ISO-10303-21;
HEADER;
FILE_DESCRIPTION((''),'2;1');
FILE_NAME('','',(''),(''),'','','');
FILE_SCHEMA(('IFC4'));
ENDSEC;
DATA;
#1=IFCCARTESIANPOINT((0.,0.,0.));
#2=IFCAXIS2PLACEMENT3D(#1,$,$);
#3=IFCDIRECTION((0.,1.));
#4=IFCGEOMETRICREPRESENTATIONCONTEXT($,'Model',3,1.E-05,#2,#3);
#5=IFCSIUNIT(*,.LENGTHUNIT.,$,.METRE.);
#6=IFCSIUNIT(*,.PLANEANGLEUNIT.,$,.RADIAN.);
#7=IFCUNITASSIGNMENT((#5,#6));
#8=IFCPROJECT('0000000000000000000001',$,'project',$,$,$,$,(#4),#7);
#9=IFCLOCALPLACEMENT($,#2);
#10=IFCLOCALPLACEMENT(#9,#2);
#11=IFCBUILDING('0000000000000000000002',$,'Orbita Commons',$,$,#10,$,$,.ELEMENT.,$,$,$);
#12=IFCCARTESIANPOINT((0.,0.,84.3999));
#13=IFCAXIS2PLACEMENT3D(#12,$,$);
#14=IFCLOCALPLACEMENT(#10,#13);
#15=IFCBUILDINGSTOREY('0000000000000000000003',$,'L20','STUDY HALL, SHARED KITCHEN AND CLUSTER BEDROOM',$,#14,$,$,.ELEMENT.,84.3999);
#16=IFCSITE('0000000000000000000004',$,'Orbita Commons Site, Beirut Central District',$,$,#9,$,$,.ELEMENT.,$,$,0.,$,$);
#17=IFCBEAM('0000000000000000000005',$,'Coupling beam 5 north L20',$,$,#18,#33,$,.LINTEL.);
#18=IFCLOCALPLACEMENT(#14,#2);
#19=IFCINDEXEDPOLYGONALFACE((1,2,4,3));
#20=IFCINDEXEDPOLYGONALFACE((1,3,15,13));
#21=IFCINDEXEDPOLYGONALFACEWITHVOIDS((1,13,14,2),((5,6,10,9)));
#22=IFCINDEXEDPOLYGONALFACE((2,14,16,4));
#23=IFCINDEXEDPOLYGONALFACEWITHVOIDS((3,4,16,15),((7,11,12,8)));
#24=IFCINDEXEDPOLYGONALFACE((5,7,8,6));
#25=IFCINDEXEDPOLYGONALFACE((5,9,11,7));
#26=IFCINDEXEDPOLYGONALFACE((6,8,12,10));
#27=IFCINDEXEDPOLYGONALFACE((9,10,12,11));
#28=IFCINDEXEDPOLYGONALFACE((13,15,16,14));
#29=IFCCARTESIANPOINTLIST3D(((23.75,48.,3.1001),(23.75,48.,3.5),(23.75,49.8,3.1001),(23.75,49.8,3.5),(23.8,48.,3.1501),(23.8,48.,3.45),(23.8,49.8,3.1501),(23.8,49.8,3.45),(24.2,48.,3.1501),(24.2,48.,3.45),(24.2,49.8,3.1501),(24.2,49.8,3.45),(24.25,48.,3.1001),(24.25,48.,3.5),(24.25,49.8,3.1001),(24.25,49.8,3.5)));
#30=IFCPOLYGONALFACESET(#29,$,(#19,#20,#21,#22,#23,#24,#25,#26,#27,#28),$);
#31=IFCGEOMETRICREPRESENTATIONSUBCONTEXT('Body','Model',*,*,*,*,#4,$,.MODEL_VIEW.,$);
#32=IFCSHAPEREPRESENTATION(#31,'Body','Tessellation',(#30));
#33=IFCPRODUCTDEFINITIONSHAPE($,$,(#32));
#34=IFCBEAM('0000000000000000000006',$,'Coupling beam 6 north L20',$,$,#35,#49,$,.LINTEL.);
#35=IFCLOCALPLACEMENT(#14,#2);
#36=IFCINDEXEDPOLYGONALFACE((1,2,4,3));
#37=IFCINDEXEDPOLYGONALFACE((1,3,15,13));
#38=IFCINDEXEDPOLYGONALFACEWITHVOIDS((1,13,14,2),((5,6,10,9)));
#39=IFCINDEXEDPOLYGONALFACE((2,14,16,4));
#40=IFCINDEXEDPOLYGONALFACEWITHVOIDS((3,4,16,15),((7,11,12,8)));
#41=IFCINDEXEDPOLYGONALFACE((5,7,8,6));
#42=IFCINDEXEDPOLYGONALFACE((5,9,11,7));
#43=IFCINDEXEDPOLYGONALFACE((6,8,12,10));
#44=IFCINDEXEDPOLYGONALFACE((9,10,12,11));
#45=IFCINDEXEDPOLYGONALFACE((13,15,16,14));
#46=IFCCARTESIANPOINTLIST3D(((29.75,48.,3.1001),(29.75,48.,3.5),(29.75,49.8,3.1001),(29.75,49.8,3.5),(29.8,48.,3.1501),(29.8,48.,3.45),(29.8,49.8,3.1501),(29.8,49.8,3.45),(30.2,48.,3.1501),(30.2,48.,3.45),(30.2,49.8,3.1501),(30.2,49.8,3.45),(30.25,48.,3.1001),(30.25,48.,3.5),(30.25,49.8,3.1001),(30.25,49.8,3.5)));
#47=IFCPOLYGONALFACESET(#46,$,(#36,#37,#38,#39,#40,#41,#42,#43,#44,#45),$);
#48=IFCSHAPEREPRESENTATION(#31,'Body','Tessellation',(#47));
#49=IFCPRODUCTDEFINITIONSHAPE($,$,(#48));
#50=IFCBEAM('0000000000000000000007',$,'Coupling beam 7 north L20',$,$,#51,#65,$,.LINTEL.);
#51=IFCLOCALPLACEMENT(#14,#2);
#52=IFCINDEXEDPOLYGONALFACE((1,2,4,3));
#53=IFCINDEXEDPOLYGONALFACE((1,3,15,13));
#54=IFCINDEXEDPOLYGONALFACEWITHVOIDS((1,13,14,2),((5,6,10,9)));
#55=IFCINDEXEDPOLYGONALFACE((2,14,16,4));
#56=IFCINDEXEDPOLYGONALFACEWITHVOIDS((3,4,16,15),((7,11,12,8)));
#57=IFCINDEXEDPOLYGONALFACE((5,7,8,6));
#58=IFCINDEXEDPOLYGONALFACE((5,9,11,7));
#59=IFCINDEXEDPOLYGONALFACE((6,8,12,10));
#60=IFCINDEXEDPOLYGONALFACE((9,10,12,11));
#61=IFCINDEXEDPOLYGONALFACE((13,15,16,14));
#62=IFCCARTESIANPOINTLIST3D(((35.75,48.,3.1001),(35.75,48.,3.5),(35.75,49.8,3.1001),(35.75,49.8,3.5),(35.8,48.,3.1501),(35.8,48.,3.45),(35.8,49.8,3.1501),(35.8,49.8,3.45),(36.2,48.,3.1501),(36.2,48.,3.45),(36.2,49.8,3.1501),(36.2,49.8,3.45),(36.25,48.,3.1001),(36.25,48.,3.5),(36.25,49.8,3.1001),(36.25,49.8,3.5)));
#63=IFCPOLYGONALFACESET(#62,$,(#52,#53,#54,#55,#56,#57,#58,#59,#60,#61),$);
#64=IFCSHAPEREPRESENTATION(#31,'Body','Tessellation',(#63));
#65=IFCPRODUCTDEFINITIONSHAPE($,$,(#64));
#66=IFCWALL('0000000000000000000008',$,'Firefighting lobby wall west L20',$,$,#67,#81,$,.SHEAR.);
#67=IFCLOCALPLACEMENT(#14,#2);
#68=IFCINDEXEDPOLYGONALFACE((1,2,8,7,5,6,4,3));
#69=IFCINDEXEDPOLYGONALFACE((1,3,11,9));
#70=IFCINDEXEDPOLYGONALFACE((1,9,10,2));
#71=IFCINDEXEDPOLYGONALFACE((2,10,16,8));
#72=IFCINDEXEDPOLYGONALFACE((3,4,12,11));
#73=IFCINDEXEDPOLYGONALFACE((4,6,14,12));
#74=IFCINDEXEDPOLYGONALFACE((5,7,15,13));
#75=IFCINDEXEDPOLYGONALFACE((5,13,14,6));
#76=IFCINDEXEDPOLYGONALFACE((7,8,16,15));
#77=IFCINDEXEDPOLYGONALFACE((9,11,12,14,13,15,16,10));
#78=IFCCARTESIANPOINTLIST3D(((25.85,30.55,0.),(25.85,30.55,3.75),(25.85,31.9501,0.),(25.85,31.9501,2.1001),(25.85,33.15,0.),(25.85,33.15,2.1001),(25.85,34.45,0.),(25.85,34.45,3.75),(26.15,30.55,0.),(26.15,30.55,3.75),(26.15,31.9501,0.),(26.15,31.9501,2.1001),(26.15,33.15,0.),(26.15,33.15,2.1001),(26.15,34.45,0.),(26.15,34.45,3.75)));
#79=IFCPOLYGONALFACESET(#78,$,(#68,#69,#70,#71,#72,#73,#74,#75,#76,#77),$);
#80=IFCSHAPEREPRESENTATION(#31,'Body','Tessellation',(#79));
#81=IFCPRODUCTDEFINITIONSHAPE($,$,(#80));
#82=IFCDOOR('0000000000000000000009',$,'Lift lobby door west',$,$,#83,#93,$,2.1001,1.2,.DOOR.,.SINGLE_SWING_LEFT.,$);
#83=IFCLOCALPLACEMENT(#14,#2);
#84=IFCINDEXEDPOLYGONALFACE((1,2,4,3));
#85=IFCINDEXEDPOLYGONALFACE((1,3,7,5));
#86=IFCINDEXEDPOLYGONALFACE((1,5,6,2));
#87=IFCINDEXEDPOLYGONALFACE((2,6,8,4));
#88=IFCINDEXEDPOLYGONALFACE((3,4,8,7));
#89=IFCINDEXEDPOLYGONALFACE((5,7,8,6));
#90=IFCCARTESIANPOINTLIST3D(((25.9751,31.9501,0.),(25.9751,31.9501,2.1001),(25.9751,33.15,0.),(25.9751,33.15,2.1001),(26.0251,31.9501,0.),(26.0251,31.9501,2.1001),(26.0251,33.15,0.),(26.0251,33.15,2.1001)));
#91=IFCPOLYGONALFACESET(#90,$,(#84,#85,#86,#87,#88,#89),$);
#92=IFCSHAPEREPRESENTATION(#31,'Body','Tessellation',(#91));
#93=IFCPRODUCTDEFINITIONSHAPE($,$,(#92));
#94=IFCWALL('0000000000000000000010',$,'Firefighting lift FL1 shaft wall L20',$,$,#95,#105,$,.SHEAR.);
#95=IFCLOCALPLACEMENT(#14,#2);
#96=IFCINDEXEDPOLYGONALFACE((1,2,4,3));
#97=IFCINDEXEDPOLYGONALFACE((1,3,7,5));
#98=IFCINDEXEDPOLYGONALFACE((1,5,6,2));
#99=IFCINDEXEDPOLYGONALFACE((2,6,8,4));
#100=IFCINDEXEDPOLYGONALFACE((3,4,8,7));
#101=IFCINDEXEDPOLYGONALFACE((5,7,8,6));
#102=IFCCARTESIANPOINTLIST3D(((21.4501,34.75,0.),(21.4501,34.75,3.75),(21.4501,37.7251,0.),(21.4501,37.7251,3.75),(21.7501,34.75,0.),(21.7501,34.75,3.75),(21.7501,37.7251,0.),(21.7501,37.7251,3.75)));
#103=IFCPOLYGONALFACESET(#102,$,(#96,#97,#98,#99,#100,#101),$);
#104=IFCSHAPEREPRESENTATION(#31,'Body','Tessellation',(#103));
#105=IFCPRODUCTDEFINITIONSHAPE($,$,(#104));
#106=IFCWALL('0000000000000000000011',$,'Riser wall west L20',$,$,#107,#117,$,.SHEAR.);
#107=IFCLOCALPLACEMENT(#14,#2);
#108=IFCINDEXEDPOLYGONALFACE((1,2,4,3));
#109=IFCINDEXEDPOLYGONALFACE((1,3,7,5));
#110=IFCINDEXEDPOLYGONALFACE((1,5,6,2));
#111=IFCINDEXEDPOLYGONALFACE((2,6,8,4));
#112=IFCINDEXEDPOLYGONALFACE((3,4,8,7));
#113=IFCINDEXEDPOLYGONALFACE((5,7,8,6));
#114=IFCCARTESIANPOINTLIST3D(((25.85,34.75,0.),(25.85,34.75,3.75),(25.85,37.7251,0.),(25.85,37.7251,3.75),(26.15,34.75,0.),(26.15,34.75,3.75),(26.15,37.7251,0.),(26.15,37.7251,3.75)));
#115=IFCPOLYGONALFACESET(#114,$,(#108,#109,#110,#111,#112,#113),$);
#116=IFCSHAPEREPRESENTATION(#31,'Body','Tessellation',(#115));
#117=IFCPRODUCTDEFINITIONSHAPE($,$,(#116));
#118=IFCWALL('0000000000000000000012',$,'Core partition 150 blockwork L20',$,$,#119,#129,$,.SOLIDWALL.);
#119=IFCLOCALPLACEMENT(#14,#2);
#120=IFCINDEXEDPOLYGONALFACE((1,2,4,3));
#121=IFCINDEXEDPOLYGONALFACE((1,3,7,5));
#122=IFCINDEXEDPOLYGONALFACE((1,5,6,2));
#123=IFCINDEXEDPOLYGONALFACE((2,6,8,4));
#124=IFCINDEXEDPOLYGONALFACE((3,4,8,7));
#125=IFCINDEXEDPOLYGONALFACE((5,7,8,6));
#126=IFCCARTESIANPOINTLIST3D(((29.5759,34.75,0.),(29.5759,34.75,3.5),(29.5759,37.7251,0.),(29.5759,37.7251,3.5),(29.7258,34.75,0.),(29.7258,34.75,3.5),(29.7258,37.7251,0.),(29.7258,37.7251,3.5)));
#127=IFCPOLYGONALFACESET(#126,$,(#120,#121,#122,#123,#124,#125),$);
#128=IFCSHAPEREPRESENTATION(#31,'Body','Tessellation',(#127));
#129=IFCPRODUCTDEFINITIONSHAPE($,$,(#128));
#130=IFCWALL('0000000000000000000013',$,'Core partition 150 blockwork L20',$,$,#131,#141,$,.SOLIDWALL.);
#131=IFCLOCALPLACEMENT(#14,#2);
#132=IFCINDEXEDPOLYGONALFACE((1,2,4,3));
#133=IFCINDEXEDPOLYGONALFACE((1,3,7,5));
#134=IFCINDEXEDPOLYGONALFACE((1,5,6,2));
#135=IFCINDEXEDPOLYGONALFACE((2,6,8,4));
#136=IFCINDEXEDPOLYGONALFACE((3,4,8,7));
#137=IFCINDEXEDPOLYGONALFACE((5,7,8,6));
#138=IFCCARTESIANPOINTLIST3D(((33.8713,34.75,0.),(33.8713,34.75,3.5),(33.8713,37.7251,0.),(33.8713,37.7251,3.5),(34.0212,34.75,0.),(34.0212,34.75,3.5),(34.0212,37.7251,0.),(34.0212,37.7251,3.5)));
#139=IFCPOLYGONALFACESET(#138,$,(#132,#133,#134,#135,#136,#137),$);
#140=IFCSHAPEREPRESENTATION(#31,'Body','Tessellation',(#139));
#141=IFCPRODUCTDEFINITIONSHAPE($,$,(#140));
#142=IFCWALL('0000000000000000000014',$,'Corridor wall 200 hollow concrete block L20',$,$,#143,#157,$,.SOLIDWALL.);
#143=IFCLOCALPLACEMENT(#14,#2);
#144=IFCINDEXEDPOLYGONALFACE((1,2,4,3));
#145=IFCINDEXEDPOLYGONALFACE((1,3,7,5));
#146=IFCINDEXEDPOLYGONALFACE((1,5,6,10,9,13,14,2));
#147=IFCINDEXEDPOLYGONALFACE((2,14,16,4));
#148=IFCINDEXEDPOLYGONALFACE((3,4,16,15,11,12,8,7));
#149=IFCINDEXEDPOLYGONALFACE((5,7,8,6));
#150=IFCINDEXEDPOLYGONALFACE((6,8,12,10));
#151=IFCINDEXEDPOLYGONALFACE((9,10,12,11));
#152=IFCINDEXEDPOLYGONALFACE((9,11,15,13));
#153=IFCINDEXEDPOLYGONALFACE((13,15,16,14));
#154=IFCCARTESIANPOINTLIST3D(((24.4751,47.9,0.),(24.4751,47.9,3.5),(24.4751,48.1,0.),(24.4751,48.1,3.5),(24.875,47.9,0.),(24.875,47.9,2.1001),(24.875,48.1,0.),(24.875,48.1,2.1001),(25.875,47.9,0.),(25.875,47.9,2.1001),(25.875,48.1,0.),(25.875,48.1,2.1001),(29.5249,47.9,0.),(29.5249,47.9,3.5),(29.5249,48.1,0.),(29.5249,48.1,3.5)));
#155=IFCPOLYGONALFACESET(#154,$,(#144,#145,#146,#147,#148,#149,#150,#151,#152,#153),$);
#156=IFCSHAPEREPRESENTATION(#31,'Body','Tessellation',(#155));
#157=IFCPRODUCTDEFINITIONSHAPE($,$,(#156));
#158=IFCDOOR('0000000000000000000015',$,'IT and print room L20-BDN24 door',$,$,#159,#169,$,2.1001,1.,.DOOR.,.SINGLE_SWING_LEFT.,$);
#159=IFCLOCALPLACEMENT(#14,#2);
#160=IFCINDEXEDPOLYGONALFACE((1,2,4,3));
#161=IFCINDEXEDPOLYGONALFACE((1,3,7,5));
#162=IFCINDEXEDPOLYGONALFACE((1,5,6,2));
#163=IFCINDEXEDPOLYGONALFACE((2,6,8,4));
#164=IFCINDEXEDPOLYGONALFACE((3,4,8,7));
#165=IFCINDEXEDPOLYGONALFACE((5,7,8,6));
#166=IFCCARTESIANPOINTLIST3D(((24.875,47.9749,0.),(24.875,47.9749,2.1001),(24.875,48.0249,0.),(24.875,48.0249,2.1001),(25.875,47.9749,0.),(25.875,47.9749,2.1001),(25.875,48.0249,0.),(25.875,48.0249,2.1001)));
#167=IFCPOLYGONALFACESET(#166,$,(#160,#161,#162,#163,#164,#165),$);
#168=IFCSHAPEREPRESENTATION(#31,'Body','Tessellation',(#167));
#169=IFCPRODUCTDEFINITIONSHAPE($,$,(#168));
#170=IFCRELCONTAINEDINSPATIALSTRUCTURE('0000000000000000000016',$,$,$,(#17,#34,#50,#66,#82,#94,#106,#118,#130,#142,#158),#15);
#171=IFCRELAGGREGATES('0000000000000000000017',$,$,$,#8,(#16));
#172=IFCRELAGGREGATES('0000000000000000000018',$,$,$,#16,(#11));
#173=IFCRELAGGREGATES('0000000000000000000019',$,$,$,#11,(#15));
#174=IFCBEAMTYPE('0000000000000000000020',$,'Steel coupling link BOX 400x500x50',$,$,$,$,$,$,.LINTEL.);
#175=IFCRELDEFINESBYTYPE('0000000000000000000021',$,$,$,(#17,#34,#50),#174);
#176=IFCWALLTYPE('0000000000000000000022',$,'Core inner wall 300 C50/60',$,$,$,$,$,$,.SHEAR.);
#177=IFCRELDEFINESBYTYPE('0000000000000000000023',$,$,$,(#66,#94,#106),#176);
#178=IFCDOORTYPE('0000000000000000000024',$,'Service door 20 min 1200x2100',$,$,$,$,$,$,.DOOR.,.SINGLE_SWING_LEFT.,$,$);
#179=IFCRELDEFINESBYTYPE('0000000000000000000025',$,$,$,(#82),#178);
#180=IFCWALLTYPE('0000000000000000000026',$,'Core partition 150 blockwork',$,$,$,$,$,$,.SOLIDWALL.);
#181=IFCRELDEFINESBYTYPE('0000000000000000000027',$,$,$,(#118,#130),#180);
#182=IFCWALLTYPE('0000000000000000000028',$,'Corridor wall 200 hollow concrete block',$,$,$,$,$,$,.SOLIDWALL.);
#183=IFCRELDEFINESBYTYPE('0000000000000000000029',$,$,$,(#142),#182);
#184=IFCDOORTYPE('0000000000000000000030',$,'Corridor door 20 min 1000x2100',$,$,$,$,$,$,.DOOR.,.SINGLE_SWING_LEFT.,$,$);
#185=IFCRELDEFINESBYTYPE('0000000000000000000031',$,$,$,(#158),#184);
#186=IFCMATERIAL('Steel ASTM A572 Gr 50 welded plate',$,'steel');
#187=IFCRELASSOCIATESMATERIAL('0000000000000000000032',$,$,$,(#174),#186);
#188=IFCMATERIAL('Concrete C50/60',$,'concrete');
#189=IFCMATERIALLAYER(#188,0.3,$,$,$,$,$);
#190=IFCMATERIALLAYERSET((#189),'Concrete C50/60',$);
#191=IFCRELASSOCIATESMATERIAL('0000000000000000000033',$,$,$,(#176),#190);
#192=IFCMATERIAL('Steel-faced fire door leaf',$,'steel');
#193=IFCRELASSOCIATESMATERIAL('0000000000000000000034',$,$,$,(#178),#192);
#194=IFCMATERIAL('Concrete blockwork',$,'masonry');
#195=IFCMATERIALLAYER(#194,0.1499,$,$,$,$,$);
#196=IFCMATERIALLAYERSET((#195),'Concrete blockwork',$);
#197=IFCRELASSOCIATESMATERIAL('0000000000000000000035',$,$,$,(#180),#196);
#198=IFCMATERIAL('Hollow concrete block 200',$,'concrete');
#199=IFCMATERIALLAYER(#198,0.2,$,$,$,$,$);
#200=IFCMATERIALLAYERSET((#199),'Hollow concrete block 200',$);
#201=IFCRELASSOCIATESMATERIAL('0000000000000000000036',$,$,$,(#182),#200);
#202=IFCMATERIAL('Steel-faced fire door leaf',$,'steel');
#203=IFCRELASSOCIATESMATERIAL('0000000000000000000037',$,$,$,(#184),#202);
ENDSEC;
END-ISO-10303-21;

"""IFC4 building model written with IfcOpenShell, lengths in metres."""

from ifc_helpers import new_model, si_unit, direction, frame, frame_2d, origin, origin_2d, place, context, subcontext, project, spatial, rectangle, hollow_rectangle, extrude, material, layer, layer_set, material_profile, profile_set, type_object, element, fill, save


model = new_model("IFC4")

# Units and contexts
model_context = context("Model", 3, precision=1e-05, world=origin(), true_north=direction((0.0, 1.0)))
body_context = subcontext(model_context, "Body", "Model", "MODEL_VIEW")
ifc_project = project(units=[si_unit("LENGTHUNIT", "METRE"), si_unit("PLANEANGLEUNIT", "RADIAN")], contexts=[model_context])

# Site, building, storey
site_placement = place(None, origin())
site = spatial("IfcSite", under=ifc_project, at=site_placement, Name="Orbita Commons Site, Beirut Central District", CompositionType="ELEMENT", RefElevation=0.0)
building_placement = place(site_placement, origin())
building = spatial("IfcBuilding", under=site, at=building_placement, Name="Orbita Commons", CompositionType="ELEMENT")
storey_placement = place(building_placement, frame((0.0, 0.0, 84.3999)))
storey = spatial("IfcBuildingStorey", under=building, at=storey_placement, Name="L20", Description="STUDY HALL, SHARED KITCHEN AND CLUSTER BEDROOM", CompositionType="ELEMENT", Elevation=84.3999)

# Beams
ifc_material_1 = material(Name="Steel ASTM A572 Gr 50 welded plate", Category="steel")
ifc_material_profile = material_profile(ifc_material_1, hollow_rectangle(XDim=0.5, YDim=0.3999, WallThickness=0.05, at=origin_2d()), Name="BOX 400x500x50")
ifc_profile_set = profile_set([ifc_material_profile], Name="Steel ASTM A572 Gr 50 welded plate")
beam_type = type_object("IfcBeamType", Name="Steel coupling link BOX 400x500x50", PredefinedType="LINTEL", material=ifc_profile_set)
for number, where, z_axis, x_axis, name in (
    (1, (24.0, 48.0, 3.3), (0.0, 1.0, 0.0), (-1.0, 0.0, 0.0), "Coupling beam 5 north L20"),
    (2, (30.0, 48.0, 3.3), (0.0, 1.0, 0.0), (-1.0, 0.0, 0.0), "Coupling beam 6 north L20"),
    (3, (36.0, 48.0, 3.3), (0.0, 1.0, 0.0), (-1.0, 0.0, 0.0), "Coupling beam 7 north L20"),
):
    element("IfcBeam", number, at=place(storey_placement, frame(where, z_axis=z_axis, x_axis=x_axis)), inside=storey, type_object=beam_type, Name=name, PredefinedType="LINTEL", context=body_context, shape_type="SweptSolid", body=[
        extrude(hollow_rectangle(XDim=0.5, YDim=0.3999, WallThickness=0.05, at=origin_2d()), origin(), (0.0, 0.0, 1.0), 1.8),
    ])

# Wall, opening, door
ifc_material_2 = material(Name="Concrete C50/60", Category="concrete")
ifc_layer_1 = layer(ifc_material_2, 0.3)
ifc_layer_set_1 = layer_set([ifc_layer_1], Name="Concrete C50/60")
wall_type_1 = type_object("IfcWallType", Name="Core inner wall 300 C50/60", PredefinedType="SHEAR", material=ifc_layer_set_1)
wall_1_placement = place(storey_placement, frame((26.0, 30.55, 0.0), z_axis=(0.0, 0.0, 1.0), x_axis=(0.0, 1.0, 0.0)))
wall_1 = element("IfcWall", 4, at=wall_1_placement, inside=storey, type_object=wall_type_1, Name="Firefighting lobby wall west L20", PredefinedType="SHEAR", context=body_context, shape_type="SweptSolid", body=[
    extrude(rectangle(XDim=3.8999, YDim=0.3, at=frame_2d((1.95, 0.0))), origin(), (0.0, 0.0, 1.0), 3.75),
])
opening_1_placement = place(wall_1_placement, frame((1.3999, 0.0, 0.0)))
opening_1 = element("IfcOpeningElement", 5, at=opening_1_placement, cuts=wall_1, PredefinedType="OPENING", context=body_context, shape_type="SweptSolid", body=[
    extrude(rectangle(XDim=1.2, YDim=2.1001, at=frame_2d((0.6001, 1.05))), frame((0.0, 0.1599, 0.0), z_axis=(0.0, -1.0, 0.0), x_axis=(1.0, 0.0, 0.0)), (0.0, 0.0, 1.0), 0.3201),
])
ifc_material_3 = material(Name="Steel-faced fire door leaf", Category="steel")
door_type_1 = type_object("IfcDoorType", Name="Service door 20 min 1200x2100", OperationType="SINGLE_SWING_LEFT", PredefinedType="DOOR", material=ifc_material_3)
door_1_placement = place(opening_1_placement, origin())
door_1 = element("IfcDoor", 6, at=door_1_placement, inside=storey, type_object=door_type_1, Name="Lift lobby door west", OperationType="SINGLE_SWING_LEFT", OverallHeight=2.1001, OverallWidth=1.2, PredefinedType="DOOR", context=body_context, shape_type="SweptSolid", body=[
    extrude(rectangle(XDim=1.2, YDim=2.1001, at=frame_2d((0.6001, 1.05))), frame((0.0, 0.0249, 0.0), z_axis=(0.0, -1.0, 0.0), x_axis=(1.0, 0.0, 0.0)), (0.0, 0.0, 1.0), 0.05),
])
fill(opening_1, door_1)

# Walls
for number, where, z_axis, x_axis, name in (
    (7, (21.6001, 34.75, 0.0), (0.0, 0.0, 1.0), (0.0, 1.0, 0.0), "Firefighting lift FL1 shaft wall L20"),
    (8, (26.0, 34.75, 0.0), (0.0, 0.0, 1.0), (0.0, 1.0, 0.0), "Riser wall west L20"),
):
    element("IfcWall", number, at=place(storey_placement, frame(where, z_axis=z_axis, x_axis=x_axis)), inside=storey, type_object=wall_type_1, Name=name, PredefinedType="SHEAR", context=body_context, shape_type="SweptSolid", body=[
        extrude(rectangle(XDim=2.9751, YDim=0.3, at=frame_2d((1.4875, 0.0))), origin(), (0.0, 0.0, 1.0), 3.75),
    ])
ifc_material_4 = material(Name="Concrete blockwork", Category="masonry")
ifc_layer_2 = layer(ifc_material_4, 0.1499)
ifc_layer_set_2 = layer_set([ifc_layer_2], Name="Concrete blockwork")
wall_type_2 = type_object("IfcWallType", Name="Core partition 150 blockwork", PredefinedType="SOLIDWALL", material=ifc_layer_set_2)
for number, where, z_axis, x_axis, name in (
    (9, (29.6509, 34.75, 0.0), (0.0, 0.0, 1.0), (0.0, 1.0, 0.0), "Core partition 150 blockwork L20"),
    (10, (33.9463, 34.75, 0.0), (0.0, 0.0, 1.0), (0.0, 1.0, 0.0), "Core partition 150 blockwork L20"),
):
    element("IfcWall", number, at=place(storey_placement, frame(where, z_axis=z_axis, x_axis=x_axis)), inside=storey, type_object=wall_type_2, Name=name, PredefinedType="SOLIDWALL", context=body_context, shape_type="SweptSolid", body=[
        extrude(rectangle(XDim=2.9751, YDim=0.1499, at=frame_2d((1.4875, 0.0))), origin(), (0.0, 0.0, 1.0), 3.5),
    ])

# Wall, opening, door
ifc_material_5 = material(Name="Hollow concrete block 200", Category="concrete")
ifc_layer_3 = layer(ifc_material_5, 0.2)
ifc_layer_set_3 = layer_set([ifc_layer_3], Name="Hollow concrete block 200")
wall_type_3 = type_object("IfcWallType", Name="Corridor wall 200 hollow concrete block", PredefinedType="SOLIDWALL", material=ifc_layer_set_3)
wall_2_placement = place(storey_placement, frame((24.4751, 48.0, 0.0), z_axis=(0.0, 0.0, 1.0), x_axis=(1.0, 0.0, 0.0)))
wall_2 = element("IfcWall", 11, at=wall_2_placement, inside=storey, type_object=wall_type_3, Name="Corridor wall 200 hollow concrete block L20", PredefinedType="SOLIDWALL", context=body_context, shape_type="SweptSolid", body=[
    extrude(rectangle(XDim=5.0498, YDim=0.2, at=frame_2d((2.5249, 0.0))), origin(), (0.0, 0.0, 1.0), 3.5),
])
opening_2_placement = place(wall_2_placement, frame((0.3999, 0.0, 0.0)))
opening_2 = element("IfcOpeningElement", 12, at=opening_2_placement, cuts=wall_2, PredefinedType="OPENING", context=body_context, shape_type="SweptSolid", body=[
    extrude(rectangle(XDim=1.0, YDim=2.1001, at=frame_2d((0.5, 1.05))), frame((0.0, 0.1099, 0.0), z_axis=(0.0, -1.0, 0.0), x_axis=(1.0, 0.0, 0.0)), (0.0, 0.0, 1.0), 0.22),
])
ifc_material_6 = material(Name="Steel-faced fire door leaf", Category="steel")
door_type_2 = type_object("IfcDoorType", Name="Corridor door 20 min 1000x2100", OperationType="SINGLE_SWING_LEFT", PredefinedType="DOOR", material=ifc_material_6)
door_2_placement = place(opening_2_placement, origin())
door_2 = element("IfcDoor", 13, at=door_2_placement, inside=storey, type_object=door_type_2, Name="IT and print room L20-BDN24 door", OperationType="SINGLE_SWING_LEFT", OverallHeight=2.1001, OverallWidth=1.0, PredefinedType="DOOR", context=body_context, shape_type="SweptSolid", body=[
    extrude(rectangle(XDim=1.0, YDim=2.1001, at=frame_2d((0.5, 1.05))), frame((0.0, 0.0249, 0.0), z_axis=(0.0, -1.0, 0.0), x_axis=(1.0, 0.0, 0.0)), (0.0, 0.0, 1.0), 0.05),
])
fill(opening_2, door_2)

save(model, "model.ifc")
